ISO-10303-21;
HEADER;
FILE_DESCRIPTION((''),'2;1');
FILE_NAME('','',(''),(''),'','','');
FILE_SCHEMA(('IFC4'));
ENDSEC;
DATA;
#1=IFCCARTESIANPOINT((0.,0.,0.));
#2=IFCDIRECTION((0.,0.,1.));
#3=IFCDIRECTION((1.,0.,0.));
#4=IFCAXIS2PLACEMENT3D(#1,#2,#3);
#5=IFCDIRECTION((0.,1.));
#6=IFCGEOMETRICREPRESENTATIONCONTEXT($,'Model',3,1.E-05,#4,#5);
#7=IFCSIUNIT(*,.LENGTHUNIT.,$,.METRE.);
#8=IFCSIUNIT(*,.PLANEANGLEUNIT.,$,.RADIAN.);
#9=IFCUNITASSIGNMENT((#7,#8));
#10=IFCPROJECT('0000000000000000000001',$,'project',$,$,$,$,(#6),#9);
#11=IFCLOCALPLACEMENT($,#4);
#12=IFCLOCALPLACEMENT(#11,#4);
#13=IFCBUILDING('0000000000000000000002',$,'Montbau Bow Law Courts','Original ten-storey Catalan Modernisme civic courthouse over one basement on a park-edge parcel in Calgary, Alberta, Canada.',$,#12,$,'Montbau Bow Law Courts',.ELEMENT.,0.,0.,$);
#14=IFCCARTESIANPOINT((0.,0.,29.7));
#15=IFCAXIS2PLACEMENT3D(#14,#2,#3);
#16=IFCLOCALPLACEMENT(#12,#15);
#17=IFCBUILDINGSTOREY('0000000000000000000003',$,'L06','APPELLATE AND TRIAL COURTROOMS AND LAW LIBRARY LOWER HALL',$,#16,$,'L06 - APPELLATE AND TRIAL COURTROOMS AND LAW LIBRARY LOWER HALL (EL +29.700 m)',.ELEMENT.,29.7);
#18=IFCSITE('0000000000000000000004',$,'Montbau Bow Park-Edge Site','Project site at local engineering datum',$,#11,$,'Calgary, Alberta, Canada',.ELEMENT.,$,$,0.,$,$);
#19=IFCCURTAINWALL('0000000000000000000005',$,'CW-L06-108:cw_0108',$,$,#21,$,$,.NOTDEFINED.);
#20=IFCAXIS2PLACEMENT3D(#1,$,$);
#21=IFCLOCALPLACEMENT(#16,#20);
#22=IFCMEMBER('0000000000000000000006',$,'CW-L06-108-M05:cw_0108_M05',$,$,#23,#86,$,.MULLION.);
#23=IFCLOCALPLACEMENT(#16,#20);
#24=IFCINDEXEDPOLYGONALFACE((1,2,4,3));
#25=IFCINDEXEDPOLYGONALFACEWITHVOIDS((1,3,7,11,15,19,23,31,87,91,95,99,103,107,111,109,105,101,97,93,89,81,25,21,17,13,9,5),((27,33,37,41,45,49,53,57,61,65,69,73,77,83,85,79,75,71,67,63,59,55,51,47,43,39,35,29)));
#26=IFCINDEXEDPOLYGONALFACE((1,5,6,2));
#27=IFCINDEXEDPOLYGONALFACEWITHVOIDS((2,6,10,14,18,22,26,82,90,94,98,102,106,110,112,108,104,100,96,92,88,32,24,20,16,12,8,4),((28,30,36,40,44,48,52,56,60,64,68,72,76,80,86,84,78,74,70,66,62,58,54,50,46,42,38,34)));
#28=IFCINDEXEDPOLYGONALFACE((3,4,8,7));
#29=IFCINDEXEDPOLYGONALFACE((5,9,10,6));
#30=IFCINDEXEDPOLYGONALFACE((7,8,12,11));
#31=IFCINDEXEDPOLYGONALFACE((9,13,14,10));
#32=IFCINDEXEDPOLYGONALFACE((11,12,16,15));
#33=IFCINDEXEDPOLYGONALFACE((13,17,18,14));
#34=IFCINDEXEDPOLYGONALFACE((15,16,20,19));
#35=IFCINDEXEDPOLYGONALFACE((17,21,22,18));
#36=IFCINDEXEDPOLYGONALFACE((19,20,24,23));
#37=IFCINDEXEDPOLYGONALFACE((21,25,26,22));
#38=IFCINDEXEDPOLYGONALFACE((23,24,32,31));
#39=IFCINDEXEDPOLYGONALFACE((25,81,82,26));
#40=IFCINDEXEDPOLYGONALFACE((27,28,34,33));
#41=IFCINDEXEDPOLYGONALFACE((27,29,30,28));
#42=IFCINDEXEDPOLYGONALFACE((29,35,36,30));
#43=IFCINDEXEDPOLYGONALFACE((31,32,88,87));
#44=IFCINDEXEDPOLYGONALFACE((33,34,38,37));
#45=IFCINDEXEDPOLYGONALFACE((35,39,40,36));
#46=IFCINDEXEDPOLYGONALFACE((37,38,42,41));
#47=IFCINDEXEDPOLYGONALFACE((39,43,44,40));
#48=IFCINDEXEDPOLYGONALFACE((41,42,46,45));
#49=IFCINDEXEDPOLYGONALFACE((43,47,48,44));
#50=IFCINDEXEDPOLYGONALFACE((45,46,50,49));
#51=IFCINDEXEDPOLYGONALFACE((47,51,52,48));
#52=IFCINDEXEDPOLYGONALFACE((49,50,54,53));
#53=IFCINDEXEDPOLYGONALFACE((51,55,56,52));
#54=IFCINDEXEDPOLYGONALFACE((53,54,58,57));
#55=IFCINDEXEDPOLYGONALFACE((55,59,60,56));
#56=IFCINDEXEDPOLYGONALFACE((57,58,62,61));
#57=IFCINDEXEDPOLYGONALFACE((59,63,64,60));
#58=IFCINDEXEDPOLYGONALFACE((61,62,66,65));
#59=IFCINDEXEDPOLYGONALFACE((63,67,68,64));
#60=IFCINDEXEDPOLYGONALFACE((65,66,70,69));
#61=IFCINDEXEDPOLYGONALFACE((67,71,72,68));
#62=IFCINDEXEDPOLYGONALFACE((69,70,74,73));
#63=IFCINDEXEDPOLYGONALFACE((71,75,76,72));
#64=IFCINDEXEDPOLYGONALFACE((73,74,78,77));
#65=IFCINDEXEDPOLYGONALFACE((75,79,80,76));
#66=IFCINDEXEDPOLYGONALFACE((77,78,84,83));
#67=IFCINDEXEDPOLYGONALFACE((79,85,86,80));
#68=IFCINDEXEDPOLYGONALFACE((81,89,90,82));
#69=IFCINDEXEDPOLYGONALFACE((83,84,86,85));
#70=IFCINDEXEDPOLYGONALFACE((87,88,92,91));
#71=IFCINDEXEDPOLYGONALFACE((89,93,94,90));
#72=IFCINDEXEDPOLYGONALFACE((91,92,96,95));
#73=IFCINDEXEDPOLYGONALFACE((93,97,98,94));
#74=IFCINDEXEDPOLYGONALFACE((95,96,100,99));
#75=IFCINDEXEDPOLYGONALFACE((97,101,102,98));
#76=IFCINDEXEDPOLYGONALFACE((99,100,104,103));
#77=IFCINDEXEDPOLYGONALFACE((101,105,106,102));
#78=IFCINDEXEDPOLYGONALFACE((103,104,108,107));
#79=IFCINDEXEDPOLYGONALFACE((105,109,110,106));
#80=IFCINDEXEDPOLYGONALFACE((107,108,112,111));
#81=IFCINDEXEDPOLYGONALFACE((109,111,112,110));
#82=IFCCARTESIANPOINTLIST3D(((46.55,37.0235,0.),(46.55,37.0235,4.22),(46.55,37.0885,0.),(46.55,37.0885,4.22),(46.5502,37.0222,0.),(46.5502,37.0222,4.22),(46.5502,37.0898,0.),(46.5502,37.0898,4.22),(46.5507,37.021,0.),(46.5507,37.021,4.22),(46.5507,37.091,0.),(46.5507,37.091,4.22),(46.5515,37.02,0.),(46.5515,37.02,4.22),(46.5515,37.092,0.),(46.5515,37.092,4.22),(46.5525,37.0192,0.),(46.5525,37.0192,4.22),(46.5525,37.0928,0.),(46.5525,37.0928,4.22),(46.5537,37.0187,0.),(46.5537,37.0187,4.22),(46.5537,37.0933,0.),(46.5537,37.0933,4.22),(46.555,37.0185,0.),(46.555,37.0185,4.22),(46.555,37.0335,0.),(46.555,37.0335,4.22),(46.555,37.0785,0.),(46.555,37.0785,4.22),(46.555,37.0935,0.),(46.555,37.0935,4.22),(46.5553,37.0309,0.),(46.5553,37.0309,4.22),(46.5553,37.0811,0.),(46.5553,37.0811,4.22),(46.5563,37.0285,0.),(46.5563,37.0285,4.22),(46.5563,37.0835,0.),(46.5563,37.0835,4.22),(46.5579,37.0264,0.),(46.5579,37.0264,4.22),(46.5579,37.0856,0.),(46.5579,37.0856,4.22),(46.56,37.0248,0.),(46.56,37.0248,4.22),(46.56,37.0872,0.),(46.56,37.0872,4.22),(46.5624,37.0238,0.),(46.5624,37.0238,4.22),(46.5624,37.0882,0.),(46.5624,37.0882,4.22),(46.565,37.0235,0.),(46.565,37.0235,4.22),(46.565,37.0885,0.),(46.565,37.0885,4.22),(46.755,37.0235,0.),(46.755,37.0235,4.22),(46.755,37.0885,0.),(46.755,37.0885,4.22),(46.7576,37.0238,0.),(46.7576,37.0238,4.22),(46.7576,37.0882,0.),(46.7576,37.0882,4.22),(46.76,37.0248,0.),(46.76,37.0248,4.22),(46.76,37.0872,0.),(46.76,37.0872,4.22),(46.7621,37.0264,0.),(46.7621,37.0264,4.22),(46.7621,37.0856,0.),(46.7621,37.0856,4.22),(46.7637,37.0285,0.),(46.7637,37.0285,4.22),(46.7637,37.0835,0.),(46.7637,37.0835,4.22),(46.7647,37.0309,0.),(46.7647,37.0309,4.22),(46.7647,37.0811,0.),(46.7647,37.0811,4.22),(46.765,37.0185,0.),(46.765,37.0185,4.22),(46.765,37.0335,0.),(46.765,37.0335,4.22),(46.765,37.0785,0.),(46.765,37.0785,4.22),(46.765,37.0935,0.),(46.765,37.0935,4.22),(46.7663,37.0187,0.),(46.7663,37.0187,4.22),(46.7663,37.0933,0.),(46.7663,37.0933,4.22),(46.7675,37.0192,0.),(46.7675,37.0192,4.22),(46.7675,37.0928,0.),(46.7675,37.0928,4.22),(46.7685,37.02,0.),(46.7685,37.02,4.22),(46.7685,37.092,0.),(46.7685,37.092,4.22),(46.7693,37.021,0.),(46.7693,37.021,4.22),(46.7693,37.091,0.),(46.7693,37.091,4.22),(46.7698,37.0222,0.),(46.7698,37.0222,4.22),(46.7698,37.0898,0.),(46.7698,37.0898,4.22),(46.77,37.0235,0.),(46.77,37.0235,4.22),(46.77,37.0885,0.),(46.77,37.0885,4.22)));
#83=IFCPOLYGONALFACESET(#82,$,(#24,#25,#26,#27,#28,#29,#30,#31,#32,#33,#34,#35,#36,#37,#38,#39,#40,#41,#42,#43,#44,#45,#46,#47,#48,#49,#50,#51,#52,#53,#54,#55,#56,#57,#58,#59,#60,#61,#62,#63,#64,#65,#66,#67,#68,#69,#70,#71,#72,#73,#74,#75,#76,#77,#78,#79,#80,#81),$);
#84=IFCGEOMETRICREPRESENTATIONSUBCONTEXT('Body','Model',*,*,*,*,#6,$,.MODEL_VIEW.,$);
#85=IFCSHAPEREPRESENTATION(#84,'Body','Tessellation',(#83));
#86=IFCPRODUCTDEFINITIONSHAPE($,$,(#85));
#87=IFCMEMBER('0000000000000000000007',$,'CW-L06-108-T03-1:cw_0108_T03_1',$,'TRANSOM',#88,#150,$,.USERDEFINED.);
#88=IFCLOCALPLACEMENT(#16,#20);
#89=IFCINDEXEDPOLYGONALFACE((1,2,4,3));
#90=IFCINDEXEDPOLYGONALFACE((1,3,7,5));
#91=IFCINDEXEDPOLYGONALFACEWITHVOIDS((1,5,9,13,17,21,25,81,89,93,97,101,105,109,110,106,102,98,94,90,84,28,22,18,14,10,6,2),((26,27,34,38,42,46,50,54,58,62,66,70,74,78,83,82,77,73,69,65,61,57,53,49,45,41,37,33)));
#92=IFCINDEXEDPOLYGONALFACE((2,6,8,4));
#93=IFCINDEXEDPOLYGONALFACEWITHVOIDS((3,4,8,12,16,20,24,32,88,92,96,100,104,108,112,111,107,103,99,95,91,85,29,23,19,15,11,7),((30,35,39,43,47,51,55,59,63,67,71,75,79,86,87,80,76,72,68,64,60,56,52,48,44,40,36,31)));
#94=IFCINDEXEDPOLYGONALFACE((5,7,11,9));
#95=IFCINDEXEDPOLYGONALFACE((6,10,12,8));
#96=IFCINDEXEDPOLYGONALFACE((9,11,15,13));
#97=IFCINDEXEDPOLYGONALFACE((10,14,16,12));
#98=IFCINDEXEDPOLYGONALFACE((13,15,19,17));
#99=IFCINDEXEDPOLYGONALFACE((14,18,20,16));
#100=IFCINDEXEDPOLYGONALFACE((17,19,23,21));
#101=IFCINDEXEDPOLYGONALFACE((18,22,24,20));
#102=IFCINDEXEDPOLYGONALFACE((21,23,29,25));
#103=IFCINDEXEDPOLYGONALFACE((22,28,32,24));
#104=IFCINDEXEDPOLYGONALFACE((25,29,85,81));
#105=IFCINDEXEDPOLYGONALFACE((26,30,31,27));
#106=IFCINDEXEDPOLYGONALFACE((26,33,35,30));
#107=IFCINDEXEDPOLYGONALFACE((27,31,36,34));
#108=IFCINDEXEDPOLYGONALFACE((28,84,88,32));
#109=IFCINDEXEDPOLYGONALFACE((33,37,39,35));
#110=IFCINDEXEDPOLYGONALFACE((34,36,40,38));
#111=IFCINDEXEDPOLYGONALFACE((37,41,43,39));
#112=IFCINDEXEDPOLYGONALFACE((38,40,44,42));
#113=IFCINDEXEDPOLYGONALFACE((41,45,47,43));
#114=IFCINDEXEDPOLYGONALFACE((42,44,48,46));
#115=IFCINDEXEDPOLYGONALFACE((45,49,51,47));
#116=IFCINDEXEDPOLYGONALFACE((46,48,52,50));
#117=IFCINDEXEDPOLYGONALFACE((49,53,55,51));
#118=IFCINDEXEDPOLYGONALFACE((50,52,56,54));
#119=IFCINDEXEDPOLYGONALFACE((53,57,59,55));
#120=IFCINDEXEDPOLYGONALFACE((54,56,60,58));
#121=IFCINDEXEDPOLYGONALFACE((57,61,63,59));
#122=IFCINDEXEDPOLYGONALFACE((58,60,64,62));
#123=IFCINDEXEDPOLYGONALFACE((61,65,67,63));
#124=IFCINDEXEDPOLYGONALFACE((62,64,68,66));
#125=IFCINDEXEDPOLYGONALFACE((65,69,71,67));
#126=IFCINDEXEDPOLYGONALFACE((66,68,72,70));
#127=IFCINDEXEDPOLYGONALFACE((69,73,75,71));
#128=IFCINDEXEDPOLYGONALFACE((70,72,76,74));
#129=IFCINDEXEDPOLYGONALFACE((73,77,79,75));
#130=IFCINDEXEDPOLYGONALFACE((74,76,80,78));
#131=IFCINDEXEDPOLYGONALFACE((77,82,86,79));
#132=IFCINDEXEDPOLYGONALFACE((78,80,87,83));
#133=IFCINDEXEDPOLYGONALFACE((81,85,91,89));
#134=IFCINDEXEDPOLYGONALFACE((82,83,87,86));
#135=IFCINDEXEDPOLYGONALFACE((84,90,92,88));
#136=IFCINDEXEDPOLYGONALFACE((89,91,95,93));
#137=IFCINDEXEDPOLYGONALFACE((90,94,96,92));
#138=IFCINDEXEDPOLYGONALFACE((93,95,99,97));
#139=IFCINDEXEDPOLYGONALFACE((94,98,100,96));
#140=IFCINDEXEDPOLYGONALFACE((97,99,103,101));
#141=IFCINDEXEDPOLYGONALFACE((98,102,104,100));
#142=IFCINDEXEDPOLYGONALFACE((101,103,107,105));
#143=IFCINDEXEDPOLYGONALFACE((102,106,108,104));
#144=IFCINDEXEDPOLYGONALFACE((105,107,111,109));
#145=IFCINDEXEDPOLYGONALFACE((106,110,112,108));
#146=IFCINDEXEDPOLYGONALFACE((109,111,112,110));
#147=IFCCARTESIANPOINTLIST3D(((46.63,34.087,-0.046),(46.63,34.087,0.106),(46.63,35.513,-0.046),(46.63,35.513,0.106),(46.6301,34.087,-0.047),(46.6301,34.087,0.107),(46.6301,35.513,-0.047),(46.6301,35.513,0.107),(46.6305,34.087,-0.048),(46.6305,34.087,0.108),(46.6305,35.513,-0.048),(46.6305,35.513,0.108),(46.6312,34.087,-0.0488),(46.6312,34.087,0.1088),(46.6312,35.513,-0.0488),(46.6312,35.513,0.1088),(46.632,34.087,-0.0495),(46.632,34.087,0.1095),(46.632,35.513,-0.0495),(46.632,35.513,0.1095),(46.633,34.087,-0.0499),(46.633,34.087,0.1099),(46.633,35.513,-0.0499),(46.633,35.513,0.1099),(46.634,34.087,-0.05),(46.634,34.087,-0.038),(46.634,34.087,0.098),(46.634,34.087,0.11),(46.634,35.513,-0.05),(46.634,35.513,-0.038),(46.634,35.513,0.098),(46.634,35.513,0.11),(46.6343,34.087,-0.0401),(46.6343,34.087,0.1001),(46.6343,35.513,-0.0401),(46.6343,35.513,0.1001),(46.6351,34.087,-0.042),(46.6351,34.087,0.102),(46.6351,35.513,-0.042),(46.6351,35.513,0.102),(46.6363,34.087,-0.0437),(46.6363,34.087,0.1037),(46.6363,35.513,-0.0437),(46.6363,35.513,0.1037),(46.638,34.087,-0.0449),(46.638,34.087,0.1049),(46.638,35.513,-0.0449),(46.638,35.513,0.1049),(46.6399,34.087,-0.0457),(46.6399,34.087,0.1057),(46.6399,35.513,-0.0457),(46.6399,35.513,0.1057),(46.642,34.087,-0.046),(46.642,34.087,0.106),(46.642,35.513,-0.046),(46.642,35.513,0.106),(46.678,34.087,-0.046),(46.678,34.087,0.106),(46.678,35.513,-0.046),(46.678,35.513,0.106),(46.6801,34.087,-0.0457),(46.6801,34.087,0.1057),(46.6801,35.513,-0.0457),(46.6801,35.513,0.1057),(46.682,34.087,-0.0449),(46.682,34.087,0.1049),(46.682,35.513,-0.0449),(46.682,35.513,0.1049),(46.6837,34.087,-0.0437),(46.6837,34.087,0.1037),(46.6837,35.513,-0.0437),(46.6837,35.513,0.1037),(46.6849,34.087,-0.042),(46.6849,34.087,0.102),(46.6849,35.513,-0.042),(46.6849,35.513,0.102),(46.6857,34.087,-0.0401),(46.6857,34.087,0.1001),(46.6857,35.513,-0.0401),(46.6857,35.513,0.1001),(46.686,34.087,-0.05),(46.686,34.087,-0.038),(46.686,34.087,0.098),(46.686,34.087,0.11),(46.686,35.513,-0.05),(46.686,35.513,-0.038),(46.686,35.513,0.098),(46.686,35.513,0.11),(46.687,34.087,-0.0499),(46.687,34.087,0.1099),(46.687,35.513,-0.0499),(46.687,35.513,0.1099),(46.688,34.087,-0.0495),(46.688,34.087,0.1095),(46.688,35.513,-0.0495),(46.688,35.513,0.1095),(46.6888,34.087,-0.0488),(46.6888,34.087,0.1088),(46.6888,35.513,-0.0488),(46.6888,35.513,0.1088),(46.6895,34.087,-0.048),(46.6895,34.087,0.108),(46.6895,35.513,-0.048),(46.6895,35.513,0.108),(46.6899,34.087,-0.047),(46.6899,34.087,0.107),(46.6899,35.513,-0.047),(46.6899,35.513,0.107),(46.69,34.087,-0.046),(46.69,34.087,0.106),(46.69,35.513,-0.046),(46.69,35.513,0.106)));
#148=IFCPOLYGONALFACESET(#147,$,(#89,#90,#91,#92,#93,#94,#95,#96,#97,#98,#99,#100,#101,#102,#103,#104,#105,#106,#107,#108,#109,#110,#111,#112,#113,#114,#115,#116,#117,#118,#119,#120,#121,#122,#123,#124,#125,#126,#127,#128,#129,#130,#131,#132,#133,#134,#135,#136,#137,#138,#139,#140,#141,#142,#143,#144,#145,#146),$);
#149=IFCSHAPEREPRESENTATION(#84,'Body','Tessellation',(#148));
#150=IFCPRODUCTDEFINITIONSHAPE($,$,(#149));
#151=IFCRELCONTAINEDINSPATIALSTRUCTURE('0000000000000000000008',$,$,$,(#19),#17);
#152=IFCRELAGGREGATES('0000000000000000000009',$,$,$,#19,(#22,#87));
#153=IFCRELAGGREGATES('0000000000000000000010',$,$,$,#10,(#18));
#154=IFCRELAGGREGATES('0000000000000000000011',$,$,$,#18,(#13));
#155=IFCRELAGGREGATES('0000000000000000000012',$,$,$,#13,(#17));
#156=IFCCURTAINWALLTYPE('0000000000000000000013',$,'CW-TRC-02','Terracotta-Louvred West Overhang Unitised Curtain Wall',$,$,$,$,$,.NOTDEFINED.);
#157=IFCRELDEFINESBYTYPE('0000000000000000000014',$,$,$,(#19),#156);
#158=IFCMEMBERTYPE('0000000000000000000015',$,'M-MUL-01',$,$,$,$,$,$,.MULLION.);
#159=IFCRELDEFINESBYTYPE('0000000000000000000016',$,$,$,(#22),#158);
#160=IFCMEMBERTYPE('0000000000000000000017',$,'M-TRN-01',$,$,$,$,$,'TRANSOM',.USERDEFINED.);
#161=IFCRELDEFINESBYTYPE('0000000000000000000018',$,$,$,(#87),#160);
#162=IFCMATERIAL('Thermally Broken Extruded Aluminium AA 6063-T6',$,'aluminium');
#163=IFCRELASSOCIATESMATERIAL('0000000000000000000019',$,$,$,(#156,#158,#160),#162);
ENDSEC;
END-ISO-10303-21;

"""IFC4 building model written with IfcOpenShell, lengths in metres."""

from ifc_helpers import new_model, si_unit, direction, frame, origin_with_axes, origin_2d_with_axis, place, context, subcontext, project, spatial, hollow_rectangle, extrude, material, material_profile, profile_set, type_object, element, aggregate, save


model = new_model("IFC4")

# Units and contexts
model_context = context("Model", 3, precision=1e-05, world=origin_with_axes(), true_north=direction((0.0, 1.0)))
body_context = subcontext(model_context, "Body", "Model", "MODEL_VIEW")
ifc_project = project(units=[si_unit("LENGTHUNIT", "METRE"), si_unit("PLANEANGLEUNIT", "RADIAN")], contexts=[model_context])

# Site, building, storey
site_placement = place(None, origin_with_axes())
site = spatial("IfcSite", under=ifc_project, at=site_placement, Name="Montbau Bow Park-Edge Site", Description="Project site at local engineering datum", LongName="Calgary, Alberta, Canada", CompositionType="ELEMENT", RefElevation=0.0)
building_placement = place(site_placement, origin_with_axes())
building = spatial("IfcBuilding", under=site, at=building_placement, Name="Montbau Bow Law Courts", Description="Original ten-storey Catalan Modernisme civic courthouse over one basement on a park-edge parcel in Calgary, Alberta, Canada.", LongName="Montbau Bow Law Courts", CompositionType="ELEMENT", ElevationOfRefHeight=0.0, ElevationOfTerrain=0.0)
storey_placement = place(building_placement, frame((0.0, 0.0, 29.7), z_axis=(0.0, 0.0, 1.0), x_axis=(1.0, 0.0, 0.0)))
storey = spatial("IfcBuildingStorey", under=building, at=storey_placement, Name="L06", Description="APPELLATE AND TRIAL COURTROOMS AND LAW LIBRARY LOWER HALL", LongName="L06 - APPELLATE AND TRIAL COURTROOMS AND LAW LIBRARY LOWER HALL (EL +29.700 m)", CompositionType="ELEMENT", Elevation=29.7)

# Curtain wall, members
ifc_material_1 = material(Name="Thermally Broken Extruded Aluminium AA 6063-T6", Category="aluminium")
curtain_wall_type = type_object("IfcCurtainWallType", Name="CW-TRC-02", Description="Terracotta-Louvred West Overhang Unitised Curtain Wall", PredefinedType="NOTDEFINED", material=ifc_material_1)
curtain_wall_placement = place(None, frame((46.66, 31.04, 29.7), z_axis=(0.0, 0.0, 1.0), x_axis=(1.0, 0.0, 0.0)))
curtain_wall = element("IfcCurtainWall", 1, at=curtain_wall_placement, inside=storey, type_object=curtain_wall_type, Name="CW-L06-108:cw_0108", PredefinedType="NOTDEFINED")
ifc_material_profile_1 = material_profile(ifc_material_1, hollow_rectangle(XDim=0.075, YDim=0.22, WallThickness=0.005, InnerFilletRadius=0.01, OuterFilletRadius=0.005, at=origin_2d_with_axis()), Name="CWM-220X75", Category="Main", Priority=0)
ifc_profile_set_1 = profile_set([ifc_material_profile_1], Name="Thermally Broken Extruded Aluminium AA 6063-T6")
member_type_1 = type_object("IfcMemberType", Name="M-MUL-01", PredefinedType="MULLION", material=ifc_profile_set_1)
member_1_placement = place(None, frame((46.66, 37.056, 29.7), z_axis=(0.0, 0.0, 1.0), x_axis=(0.0, 1.0, 0.0)))
member_1 = element("IfcMember", 2, at=member_1_placement, type_object=member_type_1, Name="CW-L06-108-M05:cw_0108_M05", PredefinedType="MULLION", context=body_context, shape_type="SweptSolid", body=[
    extrude(hollow_rectangle(XDim=0.075, YDim=0.22, WallThickness=0.005, InnerFilletRadius=0.01, OuterFilletRadius=0.005, at=origin_2d_with_axis()), origin_with_axes(), (0.0, 0.0, 1.0), 4.22),
])
ifc_material_profile_2 = material_profile(ifc_material_1, hollow_rectangle(XDim=0.06, YDim=0.16, WallThickness=0.004, InnerFilletRadius=0.008, OuterFilletRadius=0.004, at=origin_2d_with_axis()), Name="CWT-160X60", Category="Main", Priority=0)
ifc_profile_set_2 = profile_set([ifc_material_profile_2], Name="Thermally Broken Extruded Aluminium AA 6063-T6")
member_type_2 = type_object("IfcMemberType", Name="M-TRN-01", ElementType="TRANSOM", PredefinedType="USERDEFINED", material=ifc_profile_set_2)
member_2_placement = place(None, frame((46.66, 34.087, 29.73), z_axis=(0.0, 1.0, 0.0), x_axis=(-1.0, 0.0, 0.0)))
member_2 = element("IfcMember", 3, at=member_2_placement, type_object=member_type_2, Name="CW-L06-108-T03-1:cw_0108_T03_1", ObjectType="TRANSOM", PredefinedType="USERDEFINED", context=body_context, shape_type="SweptSolid", body=[
    extrude(hollow_rectangle(XDim=0.06, YDim=0.16, WallThickness=0.004, InnerFilletRadius=0.008, OuterFilletRadius=0.004, at=origin_2d_with_axis()), origin_with_axes(), (0.0, 0.0, 1.0), 1.426),
])
aggregate(curtain_wall, [member_1, member_2])

save(model, "model.ifc")
